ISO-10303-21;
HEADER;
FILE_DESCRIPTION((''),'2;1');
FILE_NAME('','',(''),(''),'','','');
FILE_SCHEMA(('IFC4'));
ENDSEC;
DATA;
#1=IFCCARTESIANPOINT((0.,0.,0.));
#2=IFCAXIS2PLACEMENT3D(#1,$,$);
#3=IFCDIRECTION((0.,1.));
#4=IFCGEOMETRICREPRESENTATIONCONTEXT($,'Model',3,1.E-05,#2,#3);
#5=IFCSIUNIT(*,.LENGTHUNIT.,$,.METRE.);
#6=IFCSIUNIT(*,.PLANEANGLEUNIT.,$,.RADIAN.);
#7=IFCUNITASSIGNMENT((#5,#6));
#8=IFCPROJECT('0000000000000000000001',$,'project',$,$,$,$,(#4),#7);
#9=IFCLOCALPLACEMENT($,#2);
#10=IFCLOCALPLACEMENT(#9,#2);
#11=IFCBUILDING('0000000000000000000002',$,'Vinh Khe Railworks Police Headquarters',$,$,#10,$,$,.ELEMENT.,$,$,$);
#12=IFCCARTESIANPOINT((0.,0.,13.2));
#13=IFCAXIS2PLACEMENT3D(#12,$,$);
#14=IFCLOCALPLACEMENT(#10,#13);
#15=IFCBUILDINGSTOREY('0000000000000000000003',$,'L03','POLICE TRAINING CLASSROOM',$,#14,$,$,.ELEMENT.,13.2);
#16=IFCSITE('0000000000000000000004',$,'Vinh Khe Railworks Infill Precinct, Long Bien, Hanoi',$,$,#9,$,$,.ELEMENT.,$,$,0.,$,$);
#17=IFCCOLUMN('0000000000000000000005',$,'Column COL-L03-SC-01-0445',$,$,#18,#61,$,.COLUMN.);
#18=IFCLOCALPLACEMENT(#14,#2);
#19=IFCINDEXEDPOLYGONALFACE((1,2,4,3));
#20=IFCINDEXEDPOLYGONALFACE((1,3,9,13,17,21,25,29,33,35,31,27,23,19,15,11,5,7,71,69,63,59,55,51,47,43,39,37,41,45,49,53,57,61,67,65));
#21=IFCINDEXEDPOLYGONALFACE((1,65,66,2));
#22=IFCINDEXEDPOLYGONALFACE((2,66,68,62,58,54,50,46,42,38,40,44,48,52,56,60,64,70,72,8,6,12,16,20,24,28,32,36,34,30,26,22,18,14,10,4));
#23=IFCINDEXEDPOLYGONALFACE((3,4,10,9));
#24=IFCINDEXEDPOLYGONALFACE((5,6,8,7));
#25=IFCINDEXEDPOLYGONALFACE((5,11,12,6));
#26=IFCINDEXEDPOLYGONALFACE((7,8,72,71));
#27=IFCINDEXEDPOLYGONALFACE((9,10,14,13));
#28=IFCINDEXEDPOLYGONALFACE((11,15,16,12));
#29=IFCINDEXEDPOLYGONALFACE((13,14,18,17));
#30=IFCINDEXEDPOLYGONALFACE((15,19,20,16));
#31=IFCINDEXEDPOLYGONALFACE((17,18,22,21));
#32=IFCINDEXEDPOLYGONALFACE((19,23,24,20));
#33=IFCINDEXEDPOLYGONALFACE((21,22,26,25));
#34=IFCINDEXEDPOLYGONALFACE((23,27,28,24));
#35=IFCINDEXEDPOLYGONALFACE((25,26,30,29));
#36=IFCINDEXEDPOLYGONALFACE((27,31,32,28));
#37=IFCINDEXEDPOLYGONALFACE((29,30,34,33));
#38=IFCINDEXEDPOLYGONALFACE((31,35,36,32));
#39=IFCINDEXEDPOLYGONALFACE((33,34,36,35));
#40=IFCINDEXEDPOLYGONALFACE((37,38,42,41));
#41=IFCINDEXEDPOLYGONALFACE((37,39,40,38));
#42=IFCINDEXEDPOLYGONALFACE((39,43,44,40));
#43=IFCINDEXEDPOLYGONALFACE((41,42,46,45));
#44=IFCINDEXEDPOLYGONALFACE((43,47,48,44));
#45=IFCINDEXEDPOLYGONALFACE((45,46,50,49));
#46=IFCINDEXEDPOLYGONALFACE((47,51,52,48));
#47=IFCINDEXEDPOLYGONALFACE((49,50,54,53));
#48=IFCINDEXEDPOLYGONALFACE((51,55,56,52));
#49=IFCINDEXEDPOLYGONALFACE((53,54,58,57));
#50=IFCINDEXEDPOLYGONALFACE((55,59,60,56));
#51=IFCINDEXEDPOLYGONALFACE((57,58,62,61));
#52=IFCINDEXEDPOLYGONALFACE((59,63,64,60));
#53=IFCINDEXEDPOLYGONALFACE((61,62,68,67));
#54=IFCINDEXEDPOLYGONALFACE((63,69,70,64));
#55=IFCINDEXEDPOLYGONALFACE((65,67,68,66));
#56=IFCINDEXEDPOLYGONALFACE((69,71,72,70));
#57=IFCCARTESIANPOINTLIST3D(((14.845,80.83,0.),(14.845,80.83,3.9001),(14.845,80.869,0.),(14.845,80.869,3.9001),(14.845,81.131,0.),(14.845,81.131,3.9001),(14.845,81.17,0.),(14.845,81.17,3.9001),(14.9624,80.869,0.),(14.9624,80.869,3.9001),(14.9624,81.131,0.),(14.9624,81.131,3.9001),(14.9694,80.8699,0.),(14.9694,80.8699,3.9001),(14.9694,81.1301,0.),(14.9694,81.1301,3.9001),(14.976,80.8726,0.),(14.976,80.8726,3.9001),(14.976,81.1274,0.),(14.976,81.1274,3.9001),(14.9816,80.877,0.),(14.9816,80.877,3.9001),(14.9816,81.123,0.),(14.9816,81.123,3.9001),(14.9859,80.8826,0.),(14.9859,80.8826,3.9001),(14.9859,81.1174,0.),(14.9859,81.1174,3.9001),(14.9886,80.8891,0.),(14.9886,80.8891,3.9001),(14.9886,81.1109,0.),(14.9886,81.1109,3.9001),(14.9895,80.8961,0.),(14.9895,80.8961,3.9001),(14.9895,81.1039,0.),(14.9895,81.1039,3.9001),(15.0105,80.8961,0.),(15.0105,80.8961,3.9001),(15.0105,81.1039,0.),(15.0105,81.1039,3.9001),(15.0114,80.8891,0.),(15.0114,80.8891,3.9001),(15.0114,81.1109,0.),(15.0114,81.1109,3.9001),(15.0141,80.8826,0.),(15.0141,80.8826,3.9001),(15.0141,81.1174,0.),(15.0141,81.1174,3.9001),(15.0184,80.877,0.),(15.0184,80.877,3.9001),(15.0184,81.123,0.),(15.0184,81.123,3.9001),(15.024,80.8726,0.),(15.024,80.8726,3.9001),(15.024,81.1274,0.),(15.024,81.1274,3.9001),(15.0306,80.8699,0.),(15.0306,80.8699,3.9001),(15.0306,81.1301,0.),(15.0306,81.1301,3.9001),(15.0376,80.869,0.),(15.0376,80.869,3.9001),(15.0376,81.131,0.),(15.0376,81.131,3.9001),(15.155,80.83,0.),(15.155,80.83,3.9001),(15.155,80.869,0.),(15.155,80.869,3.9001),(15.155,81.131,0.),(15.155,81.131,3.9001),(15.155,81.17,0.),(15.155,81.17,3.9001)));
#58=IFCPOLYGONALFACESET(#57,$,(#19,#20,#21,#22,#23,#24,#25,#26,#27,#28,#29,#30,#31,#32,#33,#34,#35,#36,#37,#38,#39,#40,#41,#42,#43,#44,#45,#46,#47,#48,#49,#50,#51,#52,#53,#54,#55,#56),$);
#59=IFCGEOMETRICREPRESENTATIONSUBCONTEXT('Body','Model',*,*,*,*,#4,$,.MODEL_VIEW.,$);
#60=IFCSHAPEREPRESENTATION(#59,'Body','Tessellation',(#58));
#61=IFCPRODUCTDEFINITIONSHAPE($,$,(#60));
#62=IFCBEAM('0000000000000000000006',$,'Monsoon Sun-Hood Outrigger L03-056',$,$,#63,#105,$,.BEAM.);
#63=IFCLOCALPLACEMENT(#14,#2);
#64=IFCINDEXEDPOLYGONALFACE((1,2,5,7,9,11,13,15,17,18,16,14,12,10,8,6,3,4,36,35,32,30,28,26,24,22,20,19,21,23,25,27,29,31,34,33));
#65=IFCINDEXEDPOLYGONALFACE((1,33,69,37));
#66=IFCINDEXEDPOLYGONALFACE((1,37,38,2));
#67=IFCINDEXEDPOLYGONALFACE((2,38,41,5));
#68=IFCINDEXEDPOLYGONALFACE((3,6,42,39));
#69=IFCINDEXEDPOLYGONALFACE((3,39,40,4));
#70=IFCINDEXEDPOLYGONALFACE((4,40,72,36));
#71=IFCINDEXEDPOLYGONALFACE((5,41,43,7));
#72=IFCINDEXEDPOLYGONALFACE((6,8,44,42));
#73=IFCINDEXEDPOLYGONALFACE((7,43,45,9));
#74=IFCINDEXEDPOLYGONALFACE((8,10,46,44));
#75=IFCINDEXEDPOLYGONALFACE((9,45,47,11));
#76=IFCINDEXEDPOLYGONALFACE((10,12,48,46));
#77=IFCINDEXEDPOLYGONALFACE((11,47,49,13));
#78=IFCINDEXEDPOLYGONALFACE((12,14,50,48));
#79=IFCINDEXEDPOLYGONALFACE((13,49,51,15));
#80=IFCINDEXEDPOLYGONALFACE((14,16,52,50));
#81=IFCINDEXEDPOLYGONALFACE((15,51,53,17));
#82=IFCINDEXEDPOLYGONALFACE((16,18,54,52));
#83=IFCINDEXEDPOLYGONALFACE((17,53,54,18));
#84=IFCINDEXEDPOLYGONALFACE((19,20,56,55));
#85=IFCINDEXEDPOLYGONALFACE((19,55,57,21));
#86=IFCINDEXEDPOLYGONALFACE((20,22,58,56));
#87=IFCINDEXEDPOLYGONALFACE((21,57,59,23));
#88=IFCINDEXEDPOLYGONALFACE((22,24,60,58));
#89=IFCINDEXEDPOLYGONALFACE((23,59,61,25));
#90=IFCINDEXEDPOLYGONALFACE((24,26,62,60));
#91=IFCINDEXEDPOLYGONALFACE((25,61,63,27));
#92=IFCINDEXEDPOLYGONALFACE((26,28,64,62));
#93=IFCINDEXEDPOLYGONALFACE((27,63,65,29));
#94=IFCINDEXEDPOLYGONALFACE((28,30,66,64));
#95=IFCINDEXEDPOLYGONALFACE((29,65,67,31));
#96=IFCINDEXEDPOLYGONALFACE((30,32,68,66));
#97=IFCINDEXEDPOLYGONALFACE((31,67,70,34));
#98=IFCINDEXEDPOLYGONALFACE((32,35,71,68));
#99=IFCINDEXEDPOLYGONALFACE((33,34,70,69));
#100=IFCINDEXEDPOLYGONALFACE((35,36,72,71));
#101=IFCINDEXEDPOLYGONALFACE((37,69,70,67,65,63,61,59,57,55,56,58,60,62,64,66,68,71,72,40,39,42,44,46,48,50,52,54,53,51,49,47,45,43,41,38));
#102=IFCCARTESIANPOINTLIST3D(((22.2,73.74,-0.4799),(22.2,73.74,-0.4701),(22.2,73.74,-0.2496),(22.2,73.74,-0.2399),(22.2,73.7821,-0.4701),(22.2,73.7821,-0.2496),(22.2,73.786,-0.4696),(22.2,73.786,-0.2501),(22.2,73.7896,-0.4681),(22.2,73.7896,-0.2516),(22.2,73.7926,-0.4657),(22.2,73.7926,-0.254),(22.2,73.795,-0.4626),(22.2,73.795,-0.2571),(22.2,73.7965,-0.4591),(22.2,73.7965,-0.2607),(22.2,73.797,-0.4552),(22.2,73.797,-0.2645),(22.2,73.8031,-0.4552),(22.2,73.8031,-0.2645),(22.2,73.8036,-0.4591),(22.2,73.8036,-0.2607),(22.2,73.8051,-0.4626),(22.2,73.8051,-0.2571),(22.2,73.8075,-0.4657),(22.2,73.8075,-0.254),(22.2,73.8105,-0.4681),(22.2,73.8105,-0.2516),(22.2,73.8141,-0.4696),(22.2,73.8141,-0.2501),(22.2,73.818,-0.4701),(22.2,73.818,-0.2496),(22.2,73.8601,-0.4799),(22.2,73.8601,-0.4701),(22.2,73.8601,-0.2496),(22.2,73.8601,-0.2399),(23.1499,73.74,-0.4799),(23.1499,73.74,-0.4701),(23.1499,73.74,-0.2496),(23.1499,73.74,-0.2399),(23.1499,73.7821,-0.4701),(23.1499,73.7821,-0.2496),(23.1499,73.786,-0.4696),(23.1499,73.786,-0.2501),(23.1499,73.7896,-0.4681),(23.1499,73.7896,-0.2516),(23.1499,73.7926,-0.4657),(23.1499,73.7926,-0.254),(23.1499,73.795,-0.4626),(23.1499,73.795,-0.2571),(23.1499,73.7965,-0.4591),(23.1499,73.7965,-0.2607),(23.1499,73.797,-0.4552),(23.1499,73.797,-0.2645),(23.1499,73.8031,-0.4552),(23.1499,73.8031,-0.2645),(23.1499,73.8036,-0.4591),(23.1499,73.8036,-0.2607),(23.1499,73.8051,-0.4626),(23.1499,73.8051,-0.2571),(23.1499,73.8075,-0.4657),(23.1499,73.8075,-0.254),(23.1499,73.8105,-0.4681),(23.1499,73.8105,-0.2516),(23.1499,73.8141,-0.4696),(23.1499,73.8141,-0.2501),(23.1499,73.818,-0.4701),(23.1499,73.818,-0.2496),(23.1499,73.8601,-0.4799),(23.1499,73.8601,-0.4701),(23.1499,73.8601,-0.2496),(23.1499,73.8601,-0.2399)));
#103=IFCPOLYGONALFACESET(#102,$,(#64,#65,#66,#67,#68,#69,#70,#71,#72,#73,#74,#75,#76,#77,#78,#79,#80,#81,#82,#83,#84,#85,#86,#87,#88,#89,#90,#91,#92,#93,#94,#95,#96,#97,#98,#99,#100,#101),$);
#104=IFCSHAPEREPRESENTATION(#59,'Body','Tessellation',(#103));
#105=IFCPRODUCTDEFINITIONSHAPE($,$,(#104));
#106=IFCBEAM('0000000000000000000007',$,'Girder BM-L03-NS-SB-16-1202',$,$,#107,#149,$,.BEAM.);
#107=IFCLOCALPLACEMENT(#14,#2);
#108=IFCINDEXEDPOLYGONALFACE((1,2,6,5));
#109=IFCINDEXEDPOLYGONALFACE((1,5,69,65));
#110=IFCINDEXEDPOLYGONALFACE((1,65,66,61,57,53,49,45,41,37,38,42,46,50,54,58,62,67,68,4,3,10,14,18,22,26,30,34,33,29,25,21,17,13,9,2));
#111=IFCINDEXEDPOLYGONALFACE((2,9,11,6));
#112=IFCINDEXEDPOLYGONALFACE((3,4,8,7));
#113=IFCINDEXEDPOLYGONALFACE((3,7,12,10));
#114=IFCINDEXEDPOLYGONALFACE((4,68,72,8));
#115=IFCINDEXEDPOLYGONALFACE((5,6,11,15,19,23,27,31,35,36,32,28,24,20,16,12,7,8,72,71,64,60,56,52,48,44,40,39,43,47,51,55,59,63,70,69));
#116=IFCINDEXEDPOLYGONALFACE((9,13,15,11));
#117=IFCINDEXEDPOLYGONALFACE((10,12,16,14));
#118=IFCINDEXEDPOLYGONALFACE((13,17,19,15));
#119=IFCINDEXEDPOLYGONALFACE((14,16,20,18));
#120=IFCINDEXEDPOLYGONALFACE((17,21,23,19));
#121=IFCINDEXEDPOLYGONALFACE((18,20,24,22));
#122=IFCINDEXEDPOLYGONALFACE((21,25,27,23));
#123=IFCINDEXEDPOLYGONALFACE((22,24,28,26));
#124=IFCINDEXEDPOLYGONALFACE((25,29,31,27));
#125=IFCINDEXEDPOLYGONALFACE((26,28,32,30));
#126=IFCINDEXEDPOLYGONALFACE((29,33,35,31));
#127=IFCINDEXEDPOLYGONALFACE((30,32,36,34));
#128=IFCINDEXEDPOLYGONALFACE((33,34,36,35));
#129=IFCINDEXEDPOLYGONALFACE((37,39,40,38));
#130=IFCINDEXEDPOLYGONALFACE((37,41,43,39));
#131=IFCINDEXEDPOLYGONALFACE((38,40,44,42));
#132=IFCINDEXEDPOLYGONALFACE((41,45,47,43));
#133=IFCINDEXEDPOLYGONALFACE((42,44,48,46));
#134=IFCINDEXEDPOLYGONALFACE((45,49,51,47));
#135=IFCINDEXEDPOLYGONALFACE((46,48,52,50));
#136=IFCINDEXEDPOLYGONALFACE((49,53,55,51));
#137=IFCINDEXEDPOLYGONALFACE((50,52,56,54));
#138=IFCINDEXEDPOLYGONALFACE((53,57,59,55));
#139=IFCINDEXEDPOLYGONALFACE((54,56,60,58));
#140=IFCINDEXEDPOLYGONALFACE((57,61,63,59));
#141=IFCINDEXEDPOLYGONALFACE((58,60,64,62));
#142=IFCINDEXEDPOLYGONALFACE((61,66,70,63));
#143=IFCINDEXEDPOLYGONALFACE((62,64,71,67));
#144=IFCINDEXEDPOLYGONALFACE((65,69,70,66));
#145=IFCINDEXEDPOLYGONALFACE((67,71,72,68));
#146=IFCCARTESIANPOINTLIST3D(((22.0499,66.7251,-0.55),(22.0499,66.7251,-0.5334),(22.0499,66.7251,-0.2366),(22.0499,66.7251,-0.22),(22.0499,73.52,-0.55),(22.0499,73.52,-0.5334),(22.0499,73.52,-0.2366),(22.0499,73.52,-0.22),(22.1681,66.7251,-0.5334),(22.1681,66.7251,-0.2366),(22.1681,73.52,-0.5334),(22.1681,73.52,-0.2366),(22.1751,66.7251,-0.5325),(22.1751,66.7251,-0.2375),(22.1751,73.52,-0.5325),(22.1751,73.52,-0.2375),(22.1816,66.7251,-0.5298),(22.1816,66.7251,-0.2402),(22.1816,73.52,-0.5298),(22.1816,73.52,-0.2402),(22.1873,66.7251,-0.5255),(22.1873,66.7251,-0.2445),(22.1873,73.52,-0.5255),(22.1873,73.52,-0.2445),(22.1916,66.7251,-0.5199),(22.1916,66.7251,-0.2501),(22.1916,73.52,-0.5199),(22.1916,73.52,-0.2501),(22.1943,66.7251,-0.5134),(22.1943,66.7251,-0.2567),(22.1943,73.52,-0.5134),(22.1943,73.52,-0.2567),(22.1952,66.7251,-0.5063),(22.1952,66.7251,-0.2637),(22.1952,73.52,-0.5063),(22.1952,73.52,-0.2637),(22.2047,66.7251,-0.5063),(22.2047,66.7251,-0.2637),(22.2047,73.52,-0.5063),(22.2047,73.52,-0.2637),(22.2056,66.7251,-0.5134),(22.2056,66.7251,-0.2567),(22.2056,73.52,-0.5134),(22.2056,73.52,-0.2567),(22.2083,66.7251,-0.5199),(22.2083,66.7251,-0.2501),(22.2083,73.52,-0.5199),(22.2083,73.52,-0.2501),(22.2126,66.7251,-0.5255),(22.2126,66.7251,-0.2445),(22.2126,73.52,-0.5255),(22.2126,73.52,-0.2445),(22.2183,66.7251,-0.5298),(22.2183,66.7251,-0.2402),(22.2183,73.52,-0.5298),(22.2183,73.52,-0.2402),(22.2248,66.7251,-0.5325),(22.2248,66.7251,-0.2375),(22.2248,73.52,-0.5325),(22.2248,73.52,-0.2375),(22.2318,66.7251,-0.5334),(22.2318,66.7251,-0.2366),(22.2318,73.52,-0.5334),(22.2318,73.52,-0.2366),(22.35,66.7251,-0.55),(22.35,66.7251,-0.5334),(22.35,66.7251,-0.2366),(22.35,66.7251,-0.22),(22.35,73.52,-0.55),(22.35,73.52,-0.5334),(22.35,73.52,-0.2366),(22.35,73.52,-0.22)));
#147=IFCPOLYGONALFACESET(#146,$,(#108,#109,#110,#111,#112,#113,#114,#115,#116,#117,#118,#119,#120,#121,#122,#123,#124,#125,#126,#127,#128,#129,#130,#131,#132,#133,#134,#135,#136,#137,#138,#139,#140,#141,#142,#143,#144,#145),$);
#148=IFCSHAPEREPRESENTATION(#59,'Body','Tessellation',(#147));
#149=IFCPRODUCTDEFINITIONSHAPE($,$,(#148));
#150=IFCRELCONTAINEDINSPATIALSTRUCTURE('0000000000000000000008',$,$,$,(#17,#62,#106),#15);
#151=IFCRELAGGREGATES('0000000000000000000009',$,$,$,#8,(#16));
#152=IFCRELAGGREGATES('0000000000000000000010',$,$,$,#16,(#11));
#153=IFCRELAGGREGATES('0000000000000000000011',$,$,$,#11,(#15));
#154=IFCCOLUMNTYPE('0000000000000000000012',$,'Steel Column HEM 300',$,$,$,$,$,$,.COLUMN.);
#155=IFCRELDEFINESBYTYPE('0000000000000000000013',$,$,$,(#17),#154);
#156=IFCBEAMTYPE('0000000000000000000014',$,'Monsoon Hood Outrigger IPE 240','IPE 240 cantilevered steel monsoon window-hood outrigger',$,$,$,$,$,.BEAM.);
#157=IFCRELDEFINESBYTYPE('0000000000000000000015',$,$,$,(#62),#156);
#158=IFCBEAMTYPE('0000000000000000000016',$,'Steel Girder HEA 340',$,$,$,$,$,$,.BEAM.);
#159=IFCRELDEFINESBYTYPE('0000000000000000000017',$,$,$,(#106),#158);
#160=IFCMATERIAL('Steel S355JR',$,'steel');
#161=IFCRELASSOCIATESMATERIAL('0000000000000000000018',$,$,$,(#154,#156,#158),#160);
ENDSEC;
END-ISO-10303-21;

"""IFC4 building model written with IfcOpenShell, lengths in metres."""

from ifc_helpers import new_model, si_unit, direction, frame, origin, origin_2d, place, context, subcontext, project, spatial, i_section, extrude, material, material_profile, profile_set, type_object, element, save


model = new_model("IFC4")

# Units and contexts
model_context = context("Model", 3, precision=1e-05, world=origin(), true_north=direction((0.0, 1.0)))
body_context = subcontext(model_context, "Body", "Model", "MODEL_VIEW")
ifc_project = project(units=[si_unit("LENGTHUNIT", "METRE"), si_unit("PLANEANGLEUNIT", "RADIAN")], contexts=[model_context])

# Site, building, storey
site_placement = place(None, origin())
site = spatial("IfcSite", under=ifc_project, at=site_placement, Name="Vinh Khe Railworks Infill Precinct, Long Bien, Hanoi", CompositionType="ELEMENT", RefElevation=0.0)
building_placement = place(site_placement, origin())
building = spatial("IfcBuilding", under=site, at=building_placement, Name="Vinh Khe Railworks Police Headquarters", CompositionType="ELEMENT")
storey_placement = place(building_placement, frame((0.0, 0.0, 13.2)))
storey = spatial("IfcBuildingStorey", under=building, at=storey_placement, Name="L03", Description="POLICE TRAINING CLASSROOM", CompositionType="ELEMENT", Elevation=13.2)

# Column
ifc_material_1 = material(Name="Steel S355JR", Category="steel")
ifc_material_profile_1 = material_profile(ifc_material_1, i_section(OverallWidth=0.3101, OverallDepth=0.3401, WebThickness=0.021, FlangeThickness=0.0391, FilletRadius=0.0271, at=origin_2d()), Name="HEM 300")
ifc_profile_set_1 = profile_set([ifc_material_profile_1], Name="Steel S355JR")
column_type_1 = type_object("IfcColumnType", Name="Steel Column HEM 300", PredefinedType="COLUMN", material=ifc_profile_set_1)
column_1_placement = place(storey_placement, frame((15.0, 81.0, 0.0), z_axis=(0.0, 0.0, 1.0), x_axis=(1.0, 0.0, 0.0)))
element("IfcColumn", 1, at=column_1_placement, inside=storey, type_object=column_type_1, Name="Column COL-L03-SC-01-0445", PredefinedType="COLUMN", context=body_context, shape_type="SweptSolid", body=[
    extrude(i_section(OverallWidth=0.3101, OverallDepth=0.3401, WebThickness=0.021, FlangeThickness=0.0391, FilletRadius=0.0271, at=origin_2d()), origin(), (0.0, 0.0, 1.0), 3.9001),
])

# Beams
ifc_material_profile_2 = material_profile(ifc_material_1, i_section(OverallWidth=0.1201, OverallDepth=0.24, WebThickness=0.0061, FlangeThickness=0.0098, FilletRadius=0.0149, at=origin_2d()), Name="IPE 240")
ifc_profile_set_2 = profile_set([ifc_material_profile_2], Name="Steel S355JR")
beam_type_1 = type_object("IfcBeamType", Name="Monsoon Hood Outrigger IPE 240", Description="IPE 240 cantilevered steel monsoon window-hood outrigger", PredefinedType="BEAM", material=ifc_profile_set_2)
beam_1_placement = place(storey_placement, frame((22.2, 73.8, -0.3599), z_axis=(1.0, 0.0, 0.0), x_axis=(0.0, 1.0, 0.0)))
element("IfcBeam", 2, at=beam_1_placement, inside=storey, type_object=beam_type_1, Name="Monsoon Sun-Hood Outrigger L03-056", PredefinedType="BEAM", context=body_context, shape_type="SweptSolid", body=[
    extrude(i_section(OverallWidth=0.1201, OverallDepth=0.24, WebThickness=0.0061, FlangeThickness=0.0098, FilletRadius=0.0149, at=origin_2d()), origin(), (0.0, 0.0, 1.0), 0.95),
])
ifc_material_profile_3 = material_profile(ifc_material_1, i_section(OverallWidth=0.3, OverallDepth=0.3301, WebThickness=0.0095, FlangeThickness=0.0166, FilletRadius=0.0271, at=origin_2d()), Name="HEA 340")
ifc_profile_set_3 = profile_set([ifc_material_profile_3], Name="Steel S355JR")
beam_type_2 = type_object("IfcBeamType", Name="Steel Girder HEA 340", PredefinedType="BEAM", material=ifc_profile_set_3)
beam_2_placement = place(storey_placement, frame((22.2, 66.7251, -0.385), z_axis=(0.0, 1.0, 0.0), x_axis=(-1.0, 0.0, 0.0)))
element("IfcBeam", 3, at=beam_2_placement, inside=storey, type_object=beam_type_2, Name="Girder BM-L03-NS-SB-16-1202", PredefinedType="BEAM", context=body_context, shape_type="SweptSolid", body=[
    extrude(i_section(OverallWidth=0.3, OverallDepth=0.3301, WebThickness=0.0095, FlangeThickness=0.0166, FilletRadius=0.0271, at=origin_2d()), origin(), (0.0, 0.0, 1.0), 6.7949),
])

save(model, "model.ifc")
